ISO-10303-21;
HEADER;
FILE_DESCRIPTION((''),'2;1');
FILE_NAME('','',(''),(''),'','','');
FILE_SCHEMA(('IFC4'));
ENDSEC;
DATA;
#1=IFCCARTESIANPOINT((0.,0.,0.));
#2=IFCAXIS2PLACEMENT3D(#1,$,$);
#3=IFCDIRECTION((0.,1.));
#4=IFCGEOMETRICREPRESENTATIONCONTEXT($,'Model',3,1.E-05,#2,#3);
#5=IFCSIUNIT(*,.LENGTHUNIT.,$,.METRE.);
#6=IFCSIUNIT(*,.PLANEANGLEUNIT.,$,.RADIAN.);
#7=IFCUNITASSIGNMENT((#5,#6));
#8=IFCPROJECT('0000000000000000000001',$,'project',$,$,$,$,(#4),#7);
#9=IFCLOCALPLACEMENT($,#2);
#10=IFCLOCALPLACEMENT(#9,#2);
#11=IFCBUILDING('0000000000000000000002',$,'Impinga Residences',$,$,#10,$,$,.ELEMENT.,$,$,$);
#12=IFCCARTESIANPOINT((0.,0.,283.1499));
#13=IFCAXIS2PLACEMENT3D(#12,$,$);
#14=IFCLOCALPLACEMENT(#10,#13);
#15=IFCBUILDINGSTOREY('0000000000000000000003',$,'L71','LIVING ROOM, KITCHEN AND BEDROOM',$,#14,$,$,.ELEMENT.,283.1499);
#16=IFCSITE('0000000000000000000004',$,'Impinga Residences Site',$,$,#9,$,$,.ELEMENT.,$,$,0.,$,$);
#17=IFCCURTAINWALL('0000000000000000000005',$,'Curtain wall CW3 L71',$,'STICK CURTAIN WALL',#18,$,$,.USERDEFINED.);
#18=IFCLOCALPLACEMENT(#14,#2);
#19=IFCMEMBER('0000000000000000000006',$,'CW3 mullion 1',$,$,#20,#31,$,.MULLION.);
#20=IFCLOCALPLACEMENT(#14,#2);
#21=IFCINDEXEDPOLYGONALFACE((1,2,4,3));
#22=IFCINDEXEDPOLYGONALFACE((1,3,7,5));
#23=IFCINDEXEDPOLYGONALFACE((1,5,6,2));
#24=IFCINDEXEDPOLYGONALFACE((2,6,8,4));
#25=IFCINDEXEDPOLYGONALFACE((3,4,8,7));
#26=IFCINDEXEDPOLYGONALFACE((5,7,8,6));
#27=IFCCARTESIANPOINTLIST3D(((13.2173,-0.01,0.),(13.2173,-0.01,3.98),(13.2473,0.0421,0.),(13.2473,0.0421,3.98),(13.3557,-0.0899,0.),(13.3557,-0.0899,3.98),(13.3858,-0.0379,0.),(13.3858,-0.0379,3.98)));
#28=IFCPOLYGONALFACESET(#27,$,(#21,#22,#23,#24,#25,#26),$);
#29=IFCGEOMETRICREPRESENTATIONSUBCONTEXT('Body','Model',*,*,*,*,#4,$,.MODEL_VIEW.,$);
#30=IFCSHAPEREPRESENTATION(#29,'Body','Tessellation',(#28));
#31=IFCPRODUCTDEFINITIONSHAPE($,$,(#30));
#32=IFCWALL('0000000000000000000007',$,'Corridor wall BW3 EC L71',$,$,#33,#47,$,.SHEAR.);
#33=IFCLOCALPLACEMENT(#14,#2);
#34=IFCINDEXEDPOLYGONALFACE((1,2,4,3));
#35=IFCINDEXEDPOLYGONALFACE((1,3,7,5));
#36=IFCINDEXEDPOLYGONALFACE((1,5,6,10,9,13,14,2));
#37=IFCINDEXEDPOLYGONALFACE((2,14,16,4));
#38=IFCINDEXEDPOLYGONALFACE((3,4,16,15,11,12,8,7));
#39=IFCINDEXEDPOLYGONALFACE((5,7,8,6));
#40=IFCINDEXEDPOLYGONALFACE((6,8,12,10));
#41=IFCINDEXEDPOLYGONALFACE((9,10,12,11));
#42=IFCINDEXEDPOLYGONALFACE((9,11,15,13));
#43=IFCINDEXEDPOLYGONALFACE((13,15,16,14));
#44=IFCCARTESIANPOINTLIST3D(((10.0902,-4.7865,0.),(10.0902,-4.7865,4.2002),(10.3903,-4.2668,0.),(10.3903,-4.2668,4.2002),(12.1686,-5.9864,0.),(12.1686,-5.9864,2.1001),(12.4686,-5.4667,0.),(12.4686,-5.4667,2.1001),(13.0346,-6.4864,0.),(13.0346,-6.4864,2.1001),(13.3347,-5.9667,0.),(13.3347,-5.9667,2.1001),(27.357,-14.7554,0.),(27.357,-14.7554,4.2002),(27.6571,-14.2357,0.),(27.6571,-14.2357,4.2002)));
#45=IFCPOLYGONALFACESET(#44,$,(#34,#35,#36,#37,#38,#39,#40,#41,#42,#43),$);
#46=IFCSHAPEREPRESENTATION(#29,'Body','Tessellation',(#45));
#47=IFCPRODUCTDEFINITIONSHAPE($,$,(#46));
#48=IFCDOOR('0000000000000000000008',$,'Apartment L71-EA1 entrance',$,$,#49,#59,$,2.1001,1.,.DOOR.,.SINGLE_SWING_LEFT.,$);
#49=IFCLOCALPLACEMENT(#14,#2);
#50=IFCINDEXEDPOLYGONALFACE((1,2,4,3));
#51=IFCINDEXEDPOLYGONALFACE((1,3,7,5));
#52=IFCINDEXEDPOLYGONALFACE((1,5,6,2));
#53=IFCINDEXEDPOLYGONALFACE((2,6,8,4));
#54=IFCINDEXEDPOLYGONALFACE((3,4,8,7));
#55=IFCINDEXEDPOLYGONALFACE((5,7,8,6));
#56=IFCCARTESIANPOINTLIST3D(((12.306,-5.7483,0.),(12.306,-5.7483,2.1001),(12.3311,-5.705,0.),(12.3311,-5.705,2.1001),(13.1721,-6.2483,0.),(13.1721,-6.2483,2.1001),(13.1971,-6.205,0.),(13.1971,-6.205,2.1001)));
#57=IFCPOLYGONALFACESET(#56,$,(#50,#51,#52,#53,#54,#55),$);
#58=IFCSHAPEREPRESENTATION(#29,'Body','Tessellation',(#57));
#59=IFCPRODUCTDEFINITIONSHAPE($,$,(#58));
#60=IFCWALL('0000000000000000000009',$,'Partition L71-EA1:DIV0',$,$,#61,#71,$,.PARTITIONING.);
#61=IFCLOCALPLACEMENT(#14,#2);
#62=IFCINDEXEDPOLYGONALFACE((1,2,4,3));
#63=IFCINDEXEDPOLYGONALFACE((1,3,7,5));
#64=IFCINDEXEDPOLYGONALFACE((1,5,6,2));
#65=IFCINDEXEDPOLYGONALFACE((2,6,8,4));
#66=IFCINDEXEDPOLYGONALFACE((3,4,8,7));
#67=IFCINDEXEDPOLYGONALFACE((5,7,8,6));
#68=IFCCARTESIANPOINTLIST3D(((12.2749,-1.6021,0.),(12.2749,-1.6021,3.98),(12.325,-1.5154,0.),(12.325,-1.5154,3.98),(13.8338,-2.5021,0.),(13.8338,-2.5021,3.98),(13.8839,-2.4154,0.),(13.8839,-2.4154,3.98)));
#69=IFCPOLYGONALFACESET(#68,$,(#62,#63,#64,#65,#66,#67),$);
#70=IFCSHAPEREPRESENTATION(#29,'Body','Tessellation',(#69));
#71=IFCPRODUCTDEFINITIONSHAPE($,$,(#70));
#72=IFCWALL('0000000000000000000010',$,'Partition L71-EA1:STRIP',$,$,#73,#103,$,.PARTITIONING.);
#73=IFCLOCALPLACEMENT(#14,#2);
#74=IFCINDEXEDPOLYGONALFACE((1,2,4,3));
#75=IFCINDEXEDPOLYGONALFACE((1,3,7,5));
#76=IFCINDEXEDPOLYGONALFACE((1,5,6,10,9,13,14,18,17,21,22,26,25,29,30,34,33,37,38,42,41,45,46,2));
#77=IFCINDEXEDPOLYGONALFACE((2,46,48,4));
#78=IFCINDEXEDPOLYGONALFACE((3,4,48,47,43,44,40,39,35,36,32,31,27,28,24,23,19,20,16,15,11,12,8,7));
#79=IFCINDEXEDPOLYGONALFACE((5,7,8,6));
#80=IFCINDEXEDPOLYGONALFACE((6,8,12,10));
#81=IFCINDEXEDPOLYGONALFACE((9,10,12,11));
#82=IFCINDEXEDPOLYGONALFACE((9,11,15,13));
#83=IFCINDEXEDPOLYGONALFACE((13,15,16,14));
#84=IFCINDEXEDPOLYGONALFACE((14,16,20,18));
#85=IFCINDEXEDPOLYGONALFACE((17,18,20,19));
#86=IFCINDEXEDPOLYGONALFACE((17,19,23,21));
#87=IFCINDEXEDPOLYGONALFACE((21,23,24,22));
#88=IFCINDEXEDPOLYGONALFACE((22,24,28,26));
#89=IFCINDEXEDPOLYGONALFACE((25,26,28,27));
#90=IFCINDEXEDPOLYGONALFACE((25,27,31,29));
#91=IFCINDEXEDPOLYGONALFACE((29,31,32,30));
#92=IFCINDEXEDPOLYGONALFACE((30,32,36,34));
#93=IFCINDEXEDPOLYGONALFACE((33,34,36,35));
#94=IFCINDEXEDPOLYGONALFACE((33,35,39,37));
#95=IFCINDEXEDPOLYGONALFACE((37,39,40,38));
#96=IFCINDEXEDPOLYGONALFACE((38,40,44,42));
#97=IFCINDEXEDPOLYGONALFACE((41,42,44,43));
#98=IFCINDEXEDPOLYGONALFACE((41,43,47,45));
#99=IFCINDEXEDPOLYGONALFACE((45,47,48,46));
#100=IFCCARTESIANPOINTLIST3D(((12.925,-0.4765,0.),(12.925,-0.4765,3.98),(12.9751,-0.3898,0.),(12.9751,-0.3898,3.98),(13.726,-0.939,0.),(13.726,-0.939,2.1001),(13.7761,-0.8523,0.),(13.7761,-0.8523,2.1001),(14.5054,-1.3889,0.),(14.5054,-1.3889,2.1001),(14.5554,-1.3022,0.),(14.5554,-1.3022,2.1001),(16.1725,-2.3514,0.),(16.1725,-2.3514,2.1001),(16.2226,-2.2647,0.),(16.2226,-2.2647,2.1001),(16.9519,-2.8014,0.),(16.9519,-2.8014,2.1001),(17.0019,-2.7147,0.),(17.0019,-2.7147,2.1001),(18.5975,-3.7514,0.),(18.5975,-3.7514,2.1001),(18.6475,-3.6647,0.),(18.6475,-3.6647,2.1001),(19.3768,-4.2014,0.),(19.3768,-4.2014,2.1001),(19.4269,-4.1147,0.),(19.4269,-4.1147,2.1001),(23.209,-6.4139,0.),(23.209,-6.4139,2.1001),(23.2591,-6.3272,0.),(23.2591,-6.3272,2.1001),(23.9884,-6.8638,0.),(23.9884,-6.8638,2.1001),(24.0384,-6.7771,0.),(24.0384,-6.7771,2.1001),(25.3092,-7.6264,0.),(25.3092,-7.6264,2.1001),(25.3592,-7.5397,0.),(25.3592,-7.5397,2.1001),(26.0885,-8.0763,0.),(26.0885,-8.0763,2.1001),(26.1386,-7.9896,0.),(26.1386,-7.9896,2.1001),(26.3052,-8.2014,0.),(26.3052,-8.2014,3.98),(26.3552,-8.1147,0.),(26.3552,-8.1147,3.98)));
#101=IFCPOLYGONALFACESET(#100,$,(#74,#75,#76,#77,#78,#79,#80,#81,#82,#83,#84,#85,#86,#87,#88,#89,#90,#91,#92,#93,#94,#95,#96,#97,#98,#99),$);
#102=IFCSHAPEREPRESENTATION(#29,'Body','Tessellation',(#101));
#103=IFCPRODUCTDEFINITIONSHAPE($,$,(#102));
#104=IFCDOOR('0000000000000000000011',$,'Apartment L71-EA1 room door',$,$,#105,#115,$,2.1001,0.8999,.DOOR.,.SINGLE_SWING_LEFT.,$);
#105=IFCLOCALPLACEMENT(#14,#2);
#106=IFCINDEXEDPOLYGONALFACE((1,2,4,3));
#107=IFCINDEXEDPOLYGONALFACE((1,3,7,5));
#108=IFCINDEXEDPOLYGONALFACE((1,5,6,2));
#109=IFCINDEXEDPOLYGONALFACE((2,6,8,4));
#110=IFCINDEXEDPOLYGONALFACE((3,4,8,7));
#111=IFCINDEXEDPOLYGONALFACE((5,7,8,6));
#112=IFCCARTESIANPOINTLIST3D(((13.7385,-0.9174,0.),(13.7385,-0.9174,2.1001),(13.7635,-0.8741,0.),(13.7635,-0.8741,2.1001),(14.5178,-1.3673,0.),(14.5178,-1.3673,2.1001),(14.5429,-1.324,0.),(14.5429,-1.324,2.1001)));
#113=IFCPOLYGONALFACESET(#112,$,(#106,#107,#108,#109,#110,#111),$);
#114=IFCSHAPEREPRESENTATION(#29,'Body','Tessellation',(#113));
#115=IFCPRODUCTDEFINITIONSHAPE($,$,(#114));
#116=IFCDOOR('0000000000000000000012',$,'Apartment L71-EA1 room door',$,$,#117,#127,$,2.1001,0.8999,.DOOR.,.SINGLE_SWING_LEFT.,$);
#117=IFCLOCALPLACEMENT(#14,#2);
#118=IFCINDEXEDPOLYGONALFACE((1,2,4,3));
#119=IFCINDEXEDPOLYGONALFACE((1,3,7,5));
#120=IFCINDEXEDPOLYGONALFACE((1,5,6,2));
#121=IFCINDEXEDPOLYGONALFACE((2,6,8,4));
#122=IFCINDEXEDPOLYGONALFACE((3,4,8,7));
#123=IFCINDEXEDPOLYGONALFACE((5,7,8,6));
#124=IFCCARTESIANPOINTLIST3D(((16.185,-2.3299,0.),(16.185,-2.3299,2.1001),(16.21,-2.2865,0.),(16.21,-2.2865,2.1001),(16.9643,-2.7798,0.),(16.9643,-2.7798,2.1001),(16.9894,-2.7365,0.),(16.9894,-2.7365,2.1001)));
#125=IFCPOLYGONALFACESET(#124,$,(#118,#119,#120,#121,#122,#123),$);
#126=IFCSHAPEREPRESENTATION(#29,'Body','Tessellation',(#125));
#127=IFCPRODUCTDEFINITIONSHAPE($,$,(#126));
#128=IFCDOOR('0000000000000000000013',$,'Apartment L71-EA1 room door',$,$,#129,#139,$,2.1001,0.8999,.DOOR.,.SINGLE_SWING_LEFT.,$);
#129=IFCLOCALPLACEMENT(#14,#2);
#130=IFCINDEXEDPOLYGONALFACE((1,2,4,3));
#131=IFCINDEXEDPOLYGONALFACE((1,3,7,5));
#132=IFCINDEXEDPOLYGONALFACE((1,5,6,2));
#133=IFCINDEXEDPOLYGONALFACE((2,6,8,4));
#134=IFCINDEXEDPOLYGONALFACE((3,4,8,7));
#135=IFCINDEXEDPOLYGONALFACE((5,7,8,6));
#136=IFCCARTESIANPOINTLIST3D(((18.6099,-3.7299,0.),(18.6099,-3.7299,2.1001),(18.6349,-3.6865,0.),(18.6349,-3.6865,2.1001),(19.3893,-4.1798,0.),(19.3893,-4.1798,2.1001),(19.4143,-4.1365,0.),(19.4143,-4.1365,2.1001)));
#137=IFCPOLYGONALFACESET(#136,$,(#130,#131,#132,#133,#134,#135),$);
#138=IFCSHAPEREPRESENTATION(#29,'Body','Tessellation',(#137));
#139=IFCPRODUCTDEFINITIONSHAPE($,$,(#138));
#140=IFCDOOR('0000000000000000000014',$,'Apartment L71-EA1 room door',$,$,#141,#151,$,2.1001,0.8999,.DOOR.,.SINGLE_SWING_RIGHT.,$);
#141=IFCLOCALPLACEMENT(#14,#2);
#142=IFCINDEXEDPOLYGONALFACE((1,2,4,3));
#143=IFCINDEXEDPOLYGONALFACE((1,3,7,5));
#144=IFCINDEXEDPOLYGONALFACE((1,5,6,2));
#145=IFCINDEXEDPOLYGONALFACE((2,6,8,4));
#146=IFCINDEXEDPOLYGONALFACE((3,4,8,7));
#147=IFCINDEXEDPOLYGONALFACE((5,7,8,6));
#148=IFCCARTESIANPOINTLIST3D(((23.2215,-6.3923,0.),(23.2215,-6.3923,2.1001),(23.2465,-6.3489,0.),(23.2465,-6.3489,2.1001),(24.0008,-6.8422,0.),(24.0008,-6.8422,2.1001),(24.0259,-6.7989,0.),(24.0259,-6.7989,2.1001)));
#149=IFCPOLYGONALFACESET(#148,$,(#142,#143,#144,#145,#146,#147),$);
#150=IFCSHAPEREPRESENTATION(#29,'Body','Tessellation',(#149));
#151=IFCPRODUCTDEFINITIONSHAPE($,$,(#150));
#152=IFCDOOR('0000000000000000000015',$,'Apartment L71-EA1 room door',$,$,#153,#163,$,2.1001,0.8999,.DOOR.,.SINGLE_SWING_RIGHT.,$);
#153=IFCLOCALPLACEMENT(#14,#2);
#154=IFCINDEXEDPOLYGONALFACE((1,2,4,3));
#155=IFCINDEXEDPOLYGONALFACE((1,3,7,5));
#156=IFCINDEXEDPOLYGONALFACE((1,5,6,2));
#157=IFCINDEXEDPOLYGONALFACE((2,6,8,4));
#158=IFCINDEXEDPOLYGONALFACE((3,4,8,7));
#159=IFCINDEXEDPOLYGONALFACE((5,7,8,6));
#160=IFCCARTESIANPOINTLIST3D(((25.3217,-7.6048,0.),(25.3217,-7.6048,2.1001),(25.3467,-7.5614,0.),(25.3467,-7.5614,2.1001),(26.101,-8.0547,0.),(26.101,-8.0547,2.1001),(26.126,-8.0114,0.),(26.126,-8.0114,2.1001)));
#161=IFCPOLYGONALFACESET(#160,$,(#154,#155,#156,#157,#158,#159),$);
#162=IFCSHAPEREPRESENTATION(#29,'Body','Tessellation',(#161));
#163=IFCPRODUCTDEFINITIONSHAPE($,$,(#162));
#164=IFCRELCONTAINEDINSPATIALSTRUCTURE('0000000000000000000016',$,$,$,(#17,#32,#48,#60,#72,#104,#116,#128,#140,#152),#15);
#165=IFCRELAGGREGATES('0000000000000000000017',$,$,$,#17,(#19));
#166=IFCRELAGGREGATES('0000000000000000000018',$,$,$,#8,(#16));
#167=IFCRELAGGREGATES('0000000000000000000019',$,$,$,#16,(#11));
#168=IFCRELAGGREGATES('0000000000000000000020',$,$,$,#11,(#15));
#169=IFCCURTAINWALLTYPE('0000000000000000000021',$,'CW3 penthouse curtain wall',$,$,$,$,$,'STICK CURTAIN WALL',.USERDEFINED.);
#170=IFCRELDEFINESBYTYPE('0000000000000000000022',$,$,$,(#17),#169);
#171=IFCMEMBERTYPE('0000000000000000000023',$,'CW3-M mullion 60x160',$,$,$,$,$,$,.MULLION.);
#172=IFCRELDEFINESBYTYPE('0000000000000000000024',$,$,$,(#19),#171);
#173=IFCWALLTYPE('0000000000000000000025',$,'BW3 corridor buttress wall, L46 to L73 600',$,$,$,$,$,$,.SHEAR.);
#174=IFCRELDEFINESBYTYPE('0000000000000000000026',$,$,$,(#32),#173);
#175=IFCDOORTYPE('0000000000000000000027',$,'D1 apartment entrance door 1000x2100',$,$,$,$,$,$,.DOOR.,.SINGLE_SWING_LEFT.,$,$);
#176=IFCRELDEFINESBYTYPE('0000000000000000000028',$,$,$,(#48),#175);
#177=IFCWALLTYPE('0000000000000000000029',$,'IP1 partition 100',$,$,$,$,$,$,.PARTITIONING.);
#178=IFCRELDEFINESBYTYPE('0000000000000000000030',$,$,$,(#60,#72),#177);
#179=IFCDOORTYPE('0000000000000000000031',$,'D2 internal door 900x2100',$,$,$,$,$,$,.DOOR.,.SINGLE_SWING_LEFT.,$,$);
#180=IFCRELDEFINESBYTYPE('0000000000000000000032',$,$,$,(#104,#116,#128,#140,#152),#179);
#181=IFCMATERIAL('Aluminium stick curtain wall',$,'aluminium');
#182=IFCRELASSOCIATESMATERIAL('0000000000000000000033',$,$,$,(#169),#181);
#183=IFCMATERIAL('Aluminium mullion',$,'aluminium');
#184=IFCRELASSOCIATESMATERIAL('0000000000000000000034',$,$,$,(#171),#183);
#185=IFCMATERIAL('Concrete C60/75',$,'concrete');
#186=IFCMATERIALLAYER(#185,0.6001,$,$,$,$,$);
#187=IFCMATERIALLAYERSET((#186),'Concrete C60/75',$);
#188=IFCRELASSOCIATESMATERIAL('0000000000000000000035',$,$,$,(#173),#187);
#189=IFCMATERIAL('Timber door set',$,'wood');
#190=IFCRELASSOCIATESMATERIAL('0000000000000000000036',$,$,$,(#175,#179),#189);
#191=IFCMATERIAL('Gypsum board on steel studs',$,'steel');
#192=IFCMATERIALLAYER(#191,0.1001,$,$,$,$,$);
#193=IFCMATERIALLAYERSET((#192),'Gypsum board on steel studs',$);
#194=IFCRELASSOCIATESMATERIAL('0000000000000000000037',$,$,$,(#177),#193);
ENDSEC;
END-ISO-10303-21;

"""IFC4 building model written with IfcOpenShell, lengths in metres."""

from ifc_helpers import new_model, si_unit, direction, frame, frame_2d, origin, origin_2d, place, context, subcontext, project, spatial, rectangle, extrude, material, layer, layer_set, material_profile, profile_set, type_object, element, fill, aggregate, save


model = new_model("IFC4")

# Units and contexts
model_context = context("Model", 3, precision=1e-05, world=origin(), true_north=direction((0.0, 1.0)))
body_context = subcontext(model_context, "Body", "Model", "MODEL_VIEW")
ifc_project = project(units=[si_unit("LENGTHUNIT", "METRE"), si_unit("PLANEANGLEUNIT", "RADIAN")], contexts=[model_context])

# Site, building, storey
site_placement = place(None, origin())
site = spatial("IfcSite", under=ifc_project, at=site_placement, Name="Impinga Residences Site", CompositionType="ELEMENT", RefElevation=0.0)
building_placement = place(site_placement, origin())
building = spatial("IfcBuilding", under=site, at=building_placement, Name="Impinga Residences", CompositionType="ELEMENT")
storey_placement = place(building_placement, frame((0.0, 0.0, 283.1499)))
storey = spatial("IfcBuildingStorey", under=building, at=storey_placement, Name="L71", Description="LIVING ROOM, KITCHEN AND BEDROOM", CompositionType="ELEMENT", Elevation=283.1499)

# Curtain wall, member
ifc_material_1 = material(Name="Aluminium stick curtain wall", Category="aluminium")
curtain_wall_type = type_object("IfcCurtainWallType", Name="CW3 penthouse curtain wall", ElementType="STICK CURTAIN WALL", PredefinedType="USERDEFINED", material=ifc_material_1)
curtain_wall_placement = place(storey_placement, origin())
curtain_wall = element("IfcCurtainWall", 1, at=curtain_wall_placement, inside=storey, type_object=curtain_wall_type, Name="Curtain wall CW3 L71", ObjectType="STICK CURTAIN WALL", PredefinedType="USERDEFINED")
ifc_material_2 = material(Name="Aluminium mullion", Category="aluminium")
ifc_material_profile = material_profile(ifc_material_2, rectangle(XDim=0.0601, YDim=0.1599, at=origin_2d()), Name="60x160 mullion")
ifc_profile_set = profile_set([ifc_material_profile], Name="Aluminium mullion")
member_type = type_object("IfcMemberType", Name="CW3-M mullion 60x160", PredefinedType="MULLION", material=ifc_profile_set)
member_placement = place(storey_placement, frame((13.3015, -0.0239, 0.0), z_axis=(0.0, 0.0, 1.0), x_axis=(0.5, 0.866025, 0.0)))
member = element("IfcMember", 2, at=member_placement, type_object=member_type, Name="CW3 mullion 1", PredefinedType="MULLION", context=body_context, shape_type="SweptSolid", body=[
    extrude(rectangle(XDim=0.0601, YDim=0.1599, at=origin_2d()), origin(), (0.0, 0.0, 1.0), 3.98),
])
aggregate(curtain_wall, [member])

# Wall, opening, door
ifc_material_3 = material(Name="Concrete C60/75", Category="concrete")
ifc_layer_1 = layer(ifc_material_3, 0.6001)
ifc_layer_set_1 = layer_set([ifc_layer_1], Name="Concrete C60/75")
wall_type_1 = type_object("IfcWallType", Name="BW3 corridor buttress wall, L46 to L73 600", PredefinedType="SHEAR", material=ifc_layer_set_1)
wall_1_placement = place(storey_placement, frame((10.2402, -4.5266, 0.0), z_axis=(0.0, 0.0, 1.0), x_axis=(0.866026, -0.499999, 0.0)))
wall_1 = element("IfcWall", 3, at=wall_1_placement, inside=storey, type_object=wall_type_1, Name="Corridor wall BW3 EC L71", PredefinedType="SHEAR", context=body_context, shape_type="SweptSolid", body=[
    extrude(rectangle(XDim=19.938, YDim=0.6001, at=frame_2d((9.969, 0.0))), origin(), (0.0, 0.0, 1.0), 4.2002),
])
opening_1_placement = place(wall_1_placement, frame((2.3999, 0.0, 0.0)))
opening_1 = element("IfcOpeningElement", 4, at=opening_1_placement, cuts=wall_1, PredefinedType="OPENING", context=body_context, shape_type="SweptSolid", body=[
    extrude(rectangle(XDim=1.0, YDim=2.1001, at=frame_2d((0.5, 1.05))), frame((0.0, 0.3101, 0.0), z_axis=(0.0, -1.0, 0.0), x_axis=(1.0, 0.0, 0.0)), (0.0, 0.0, 1.0), 0.6201),
])
ifc_material_4 = material(Name="Timber door set", Category="wood")
door_type_1 = type_object("IfcDoorType", Name="D1 apartment entrance door 1000x2100", OperationType="SINGLE_SWING_LEFT", PredefinedType="DOOR", material=ifc_material_4)
door_1_placement = place(opening_1_placement, origin())
door_1 = element("IfcDoor", 5, at=door_1_placement, inside=storey, type_object=door_type_1, Name="Apartment L71-EA1 entrance", OperationType="SINGLE_SWING_LEFT", OverallHeight=2.1001, OverallWidth=1.0, PredefinedType="DOOR", context=body_context, shape_type="SweptSolid", body=[
    extrude(rectangle(XDim=1.0, YDim=2.1001, at=frame_2d((0.5, 1.05))), frame((0.0, 0.0249, 0.0), z_axis=(0.0, -1.0, 0.0), x_axis=(1.0, 0.0, 0.0)), (0.0, 0.0, 1.0), 0.05),
])
fill(opening_1, door_1)

# Wall
ifc_material_5 = material(Name="Gypsum board on steel studs", Category="steel")
ifc_layer_2 = layer(ifc_material_5, 0.1001)
ifc_layer_set_2 = layer_set([ifc_layer_2], Name="Gypsum board on steel studs")
wall_type_2 = type_object("IfcWallType", Name="IP1 partition 100", PredefinedType="PARTITIONING", material=ifc_layer_set_2)
wall_2_placement = place(storey_placement, frame((12.3, -1.5588, 0.0), z_axis=(0.0, 0.0, 1.0), x_axis=(0.866048, -0.499961, 0.0)))
element("IfcWall", 6, at=wall_2_placement, inside=storey, type_object=wall_type_2, Name="Partition L71-EA1:DIV0", PredefinedType="PARTITIONING", context=body_context, shape_type="SweptSolid", body=[
    extrude(rectangle(XDim=1.8, YDim=0.1001, at=frame_2d((0.8999, 0.0))), origin(), (0.0, 0.0, 1.0), 3.98),
])

# Wall, openings, doors
wall_3_placement = place(storey_placement, frame((12.95, -0.4331, 0.0), z_axis=(0.0, 0.0, 1.0), x_axis=(0.86603, -0.499992, 0.0)))
wall_3 = element("IfcWall", 7, at=wall_3_placement, inside=storey, type_object=wall_type_2, Name="Partition L71-EA1:STRIP", PredefinedType="PARTITIONING", context=body_context, shape_type="SweptSolid", body=[
    extrude(rectangle(XDim=15.45, YDim=0.1001, at=frame_2d((7.7251, 0.0))), origin(), (0.0, 0.0, 1.0), 3.98),
])
opening_2_placement = place(wall_3_placement, frame((0.925, 0.0, 0.0)))
opening_2 = element("IfcOpeningElement", 8, at=opening_2_placement, cuts=wall_3, PredefinedType="OPENING", context=body_context, shape_type="SweptSolid", body=[
    extrude(rectangle(XDim=0.8999, YDim=2.1001, at=frame_2d((0.45, 1.05))), frame((0.0, 0.0601, 0.0), z_axis=(0.0, -1.0, 0.0), x_axis=(1.0, 0.0, 0.0)), (0.0, 0.0, 1.0), 0.1201),
])
opening_3_placement = place(wall_3_placement, frame((3.75, 0.0, 0.0)))
opening_3 = element("IfcOpeningElement", 9, at=opening_3_placement, cuts=wall_3, PredefinedType="OPENING", context=body_context, shape_type="SweptSolid", body=[
    extrude(rectangle(XDim=0.8999, YDim=2.1001, at=frame_2d((0.45, 1.05))), frame((0.0, 0.0601, 0.0), z_axis=(0.0, -1.0, 0.0), x_axis=(1.0, 0.0, 0.0)), (0.0, 0.0, 1.0), 0.1201),
])
opening_4_placement = place(wall_3_placement, frame((6.55, 0.0, 0.0)))
opening_4 = element("IfcOpeningElement", 10, at=opening_4_placement, cuts=wall_3, PredefinedType="OPENING", context=body_context, shape_type="SweptSolid", body=[
    extrude(rectangle(XDim=0.8999, YDim=2.1001, at=frame_2d((0.45, 1.05))), frame((0.0, 0.0601, 0.0), z_axis=(0.0, -1.0, 0.0), x_axis=(1.0, 0.0, 0.0)), (0.0, 0.0, 1.0), 0.1201),
])
opening_5_placement = place(wall_3_placement, frame((11.875, 0.0, 0.0)))
opening_5 = element("IfcOpeningElement", 11, at=opening_5_placement, cuts=wall_3, PredefinedType="OPENING", context=body_context, shape_type="SweptSolid", body=[
    extrude(rectangle(XDim=0.8999, YDim=2.1001, at=frame_2d((0.45, 1.05))), frame((0.0, 0.0601, 0.0), z_axis=(0.0, -1.0, 0.0), x_axis=(1.0, 0.0, 0.0)), (0.0, 0.0, 1.0), 0.1201),
])
opening_6_placement = place(wall_3_placement, frame((14.3, 0.0, 0.0)))
opening_6 = element("IfcOpeningElement", 12, at=opening_6_placement, cuts=wall_3, PredefinedType="OPENING", context=body_context, shape_type="SweptSolid", body=[
    extrude(rectangle(XDim=0.8999, YDim=2.1001, at=frame_2d((0.45, 1.05))), frame((0.0, 0.0601, 0.0), z_axis=(0.0, -1.0, 0.0), x_axis=(1.0, 0.0, 0.0)), (0.0, 0.0, 1.0), 0.1201),
])
door_type_2 = type_object("IfcDoorType", Name="D2 internal door 900x2100", OperationType="SINGLE_SWING_LEFT", PredefinedType="DOOR", material=ifc_material_4)
door_2_placement = place(opening_2_placement, origin())
door_2 = element("IfcDoor", 13, at=door_2_placement, inside=storey, type_object=door_type_2, Name="Apartment L71-EA1 room door", OperationType="SINGLE_SWING_LEFT", OverallHeight=2.1001, OverallWidth=0.8999, PredefinedType="DOOR", context=body_context, shape_type="SweptSolid", body=[
    extrude(rectangle(XDim=0.8999, YDim=2.1001, at=frame_2d((0.45, 1.05))), frame((0.0, 0.0249, 0.0), z_axis=(0.0, -1.0, 0.0), x_axis=(1.0, 0.0, 0.0)), (0.0, 0.0, 1.0), 0.05),
])
fill(opening_2, door_2)
door_3_placement = place(opening_3_placement, origin())
door_3 = element("IfcDoor", 14, at=door_3_placement, inside=storey, type_object=door_type_2, Name="Apartment L71-EA1 room door", OperationType="SINGLE_SWING_LEFT", OverallHeight=2.1001, OverallWidth=0.8999, PredefinedType="DOOR", context=body_context, shape_type="SweptSolid", body=[
    extrude(rectangle(XDim=0.8999, YDim=2.1001, at=frame_2d((0.45, 1.05))), frame((0.0, 0.0249, 0.0), z_axis=(0.0, -1.0, 0.0), x_axis=(1.0, 0.0, 0.0)), (0.0, 0.0, 1.0), 0.05),
])
fill(opening_3, door_3)
door_4_placement = place(opening_4_placement, origin())
door_4 = element("IfcDoor", 15, at=door_4_placement, inside=storey, type_object=door_type_2, Name="Apartment L71-EA1 room door", OperationType="SINGLE_SWING_LEFT", OverallHeight=2.1001, OverallWidth=0.8999, PredefinedType="DOOR", context=body_context, shape_type="SweptSolid", body=[
    extrude(rectangle(XDim=0.8999, YDim=2.1001, at=frame_2d((0.45, 1.05))), frame((0.0, 0.0249, 0.0), z_axis=(0.0, -1.0, 0.0), x_axis=(1.0, 0.0, 0.0)), (0.0, 0.0, 1.0), 0.05),
])
fill(opening_4, door_4)
door_5_placement = place(opening_5_placement, origin())
door_5 = element("IfcDoor", 16, at=door_5_placement, inside=storey, type_object=door_type_2, Name="Apartment L71-EA1 room door", OperationType="SINGLE_SWING_RIGHT", OverallHeight=2.1001, OverallWidth=0.8999, PredefinedType="DOOR", context=body_context, shape_type="SweptSolid", body=[
    extrude(rectangle(XDim=0.8999, YDim=2.1001, at=frame_2d((0.45, 1.05))), frame((0.0, 0.0249, 0.0), z_axis=(0.0, -1.0, 0.0), x_axis=(1.0, 0.0, 0.0)), (0.0, 0.0, 1.0), 0.05),
])
fill(opening_5, door_5)
door_6_placement = place(opening_6_placement, origin())
door_6 = element("IfcDoor", 17, at=door_6_placement, inside=storey, type_object=door_type_2, Name="Apartment L71-EA1 room door", OperationType="SINGLE_SWING_RIGHT", OverallHeight=2.1001, OverallWidth=0.8999, PredefinedType="DOOR", context=body_context, shape_type="SweptSolid", body=[
    extrude(rectangle(XDim=0.8999, YDim=2.1001, at=frame_2d((0.45, 1.05))), frame((0.0, 0.0249, 0.0), z_axis=(0.0, -1.0, 0.0), x_axis=(1.0, 0.0, 0.0)), (0.0, 0.0, 1.0), 0.05),
])
fill(opening_6, door_6)

save(model, "model.ifc")
